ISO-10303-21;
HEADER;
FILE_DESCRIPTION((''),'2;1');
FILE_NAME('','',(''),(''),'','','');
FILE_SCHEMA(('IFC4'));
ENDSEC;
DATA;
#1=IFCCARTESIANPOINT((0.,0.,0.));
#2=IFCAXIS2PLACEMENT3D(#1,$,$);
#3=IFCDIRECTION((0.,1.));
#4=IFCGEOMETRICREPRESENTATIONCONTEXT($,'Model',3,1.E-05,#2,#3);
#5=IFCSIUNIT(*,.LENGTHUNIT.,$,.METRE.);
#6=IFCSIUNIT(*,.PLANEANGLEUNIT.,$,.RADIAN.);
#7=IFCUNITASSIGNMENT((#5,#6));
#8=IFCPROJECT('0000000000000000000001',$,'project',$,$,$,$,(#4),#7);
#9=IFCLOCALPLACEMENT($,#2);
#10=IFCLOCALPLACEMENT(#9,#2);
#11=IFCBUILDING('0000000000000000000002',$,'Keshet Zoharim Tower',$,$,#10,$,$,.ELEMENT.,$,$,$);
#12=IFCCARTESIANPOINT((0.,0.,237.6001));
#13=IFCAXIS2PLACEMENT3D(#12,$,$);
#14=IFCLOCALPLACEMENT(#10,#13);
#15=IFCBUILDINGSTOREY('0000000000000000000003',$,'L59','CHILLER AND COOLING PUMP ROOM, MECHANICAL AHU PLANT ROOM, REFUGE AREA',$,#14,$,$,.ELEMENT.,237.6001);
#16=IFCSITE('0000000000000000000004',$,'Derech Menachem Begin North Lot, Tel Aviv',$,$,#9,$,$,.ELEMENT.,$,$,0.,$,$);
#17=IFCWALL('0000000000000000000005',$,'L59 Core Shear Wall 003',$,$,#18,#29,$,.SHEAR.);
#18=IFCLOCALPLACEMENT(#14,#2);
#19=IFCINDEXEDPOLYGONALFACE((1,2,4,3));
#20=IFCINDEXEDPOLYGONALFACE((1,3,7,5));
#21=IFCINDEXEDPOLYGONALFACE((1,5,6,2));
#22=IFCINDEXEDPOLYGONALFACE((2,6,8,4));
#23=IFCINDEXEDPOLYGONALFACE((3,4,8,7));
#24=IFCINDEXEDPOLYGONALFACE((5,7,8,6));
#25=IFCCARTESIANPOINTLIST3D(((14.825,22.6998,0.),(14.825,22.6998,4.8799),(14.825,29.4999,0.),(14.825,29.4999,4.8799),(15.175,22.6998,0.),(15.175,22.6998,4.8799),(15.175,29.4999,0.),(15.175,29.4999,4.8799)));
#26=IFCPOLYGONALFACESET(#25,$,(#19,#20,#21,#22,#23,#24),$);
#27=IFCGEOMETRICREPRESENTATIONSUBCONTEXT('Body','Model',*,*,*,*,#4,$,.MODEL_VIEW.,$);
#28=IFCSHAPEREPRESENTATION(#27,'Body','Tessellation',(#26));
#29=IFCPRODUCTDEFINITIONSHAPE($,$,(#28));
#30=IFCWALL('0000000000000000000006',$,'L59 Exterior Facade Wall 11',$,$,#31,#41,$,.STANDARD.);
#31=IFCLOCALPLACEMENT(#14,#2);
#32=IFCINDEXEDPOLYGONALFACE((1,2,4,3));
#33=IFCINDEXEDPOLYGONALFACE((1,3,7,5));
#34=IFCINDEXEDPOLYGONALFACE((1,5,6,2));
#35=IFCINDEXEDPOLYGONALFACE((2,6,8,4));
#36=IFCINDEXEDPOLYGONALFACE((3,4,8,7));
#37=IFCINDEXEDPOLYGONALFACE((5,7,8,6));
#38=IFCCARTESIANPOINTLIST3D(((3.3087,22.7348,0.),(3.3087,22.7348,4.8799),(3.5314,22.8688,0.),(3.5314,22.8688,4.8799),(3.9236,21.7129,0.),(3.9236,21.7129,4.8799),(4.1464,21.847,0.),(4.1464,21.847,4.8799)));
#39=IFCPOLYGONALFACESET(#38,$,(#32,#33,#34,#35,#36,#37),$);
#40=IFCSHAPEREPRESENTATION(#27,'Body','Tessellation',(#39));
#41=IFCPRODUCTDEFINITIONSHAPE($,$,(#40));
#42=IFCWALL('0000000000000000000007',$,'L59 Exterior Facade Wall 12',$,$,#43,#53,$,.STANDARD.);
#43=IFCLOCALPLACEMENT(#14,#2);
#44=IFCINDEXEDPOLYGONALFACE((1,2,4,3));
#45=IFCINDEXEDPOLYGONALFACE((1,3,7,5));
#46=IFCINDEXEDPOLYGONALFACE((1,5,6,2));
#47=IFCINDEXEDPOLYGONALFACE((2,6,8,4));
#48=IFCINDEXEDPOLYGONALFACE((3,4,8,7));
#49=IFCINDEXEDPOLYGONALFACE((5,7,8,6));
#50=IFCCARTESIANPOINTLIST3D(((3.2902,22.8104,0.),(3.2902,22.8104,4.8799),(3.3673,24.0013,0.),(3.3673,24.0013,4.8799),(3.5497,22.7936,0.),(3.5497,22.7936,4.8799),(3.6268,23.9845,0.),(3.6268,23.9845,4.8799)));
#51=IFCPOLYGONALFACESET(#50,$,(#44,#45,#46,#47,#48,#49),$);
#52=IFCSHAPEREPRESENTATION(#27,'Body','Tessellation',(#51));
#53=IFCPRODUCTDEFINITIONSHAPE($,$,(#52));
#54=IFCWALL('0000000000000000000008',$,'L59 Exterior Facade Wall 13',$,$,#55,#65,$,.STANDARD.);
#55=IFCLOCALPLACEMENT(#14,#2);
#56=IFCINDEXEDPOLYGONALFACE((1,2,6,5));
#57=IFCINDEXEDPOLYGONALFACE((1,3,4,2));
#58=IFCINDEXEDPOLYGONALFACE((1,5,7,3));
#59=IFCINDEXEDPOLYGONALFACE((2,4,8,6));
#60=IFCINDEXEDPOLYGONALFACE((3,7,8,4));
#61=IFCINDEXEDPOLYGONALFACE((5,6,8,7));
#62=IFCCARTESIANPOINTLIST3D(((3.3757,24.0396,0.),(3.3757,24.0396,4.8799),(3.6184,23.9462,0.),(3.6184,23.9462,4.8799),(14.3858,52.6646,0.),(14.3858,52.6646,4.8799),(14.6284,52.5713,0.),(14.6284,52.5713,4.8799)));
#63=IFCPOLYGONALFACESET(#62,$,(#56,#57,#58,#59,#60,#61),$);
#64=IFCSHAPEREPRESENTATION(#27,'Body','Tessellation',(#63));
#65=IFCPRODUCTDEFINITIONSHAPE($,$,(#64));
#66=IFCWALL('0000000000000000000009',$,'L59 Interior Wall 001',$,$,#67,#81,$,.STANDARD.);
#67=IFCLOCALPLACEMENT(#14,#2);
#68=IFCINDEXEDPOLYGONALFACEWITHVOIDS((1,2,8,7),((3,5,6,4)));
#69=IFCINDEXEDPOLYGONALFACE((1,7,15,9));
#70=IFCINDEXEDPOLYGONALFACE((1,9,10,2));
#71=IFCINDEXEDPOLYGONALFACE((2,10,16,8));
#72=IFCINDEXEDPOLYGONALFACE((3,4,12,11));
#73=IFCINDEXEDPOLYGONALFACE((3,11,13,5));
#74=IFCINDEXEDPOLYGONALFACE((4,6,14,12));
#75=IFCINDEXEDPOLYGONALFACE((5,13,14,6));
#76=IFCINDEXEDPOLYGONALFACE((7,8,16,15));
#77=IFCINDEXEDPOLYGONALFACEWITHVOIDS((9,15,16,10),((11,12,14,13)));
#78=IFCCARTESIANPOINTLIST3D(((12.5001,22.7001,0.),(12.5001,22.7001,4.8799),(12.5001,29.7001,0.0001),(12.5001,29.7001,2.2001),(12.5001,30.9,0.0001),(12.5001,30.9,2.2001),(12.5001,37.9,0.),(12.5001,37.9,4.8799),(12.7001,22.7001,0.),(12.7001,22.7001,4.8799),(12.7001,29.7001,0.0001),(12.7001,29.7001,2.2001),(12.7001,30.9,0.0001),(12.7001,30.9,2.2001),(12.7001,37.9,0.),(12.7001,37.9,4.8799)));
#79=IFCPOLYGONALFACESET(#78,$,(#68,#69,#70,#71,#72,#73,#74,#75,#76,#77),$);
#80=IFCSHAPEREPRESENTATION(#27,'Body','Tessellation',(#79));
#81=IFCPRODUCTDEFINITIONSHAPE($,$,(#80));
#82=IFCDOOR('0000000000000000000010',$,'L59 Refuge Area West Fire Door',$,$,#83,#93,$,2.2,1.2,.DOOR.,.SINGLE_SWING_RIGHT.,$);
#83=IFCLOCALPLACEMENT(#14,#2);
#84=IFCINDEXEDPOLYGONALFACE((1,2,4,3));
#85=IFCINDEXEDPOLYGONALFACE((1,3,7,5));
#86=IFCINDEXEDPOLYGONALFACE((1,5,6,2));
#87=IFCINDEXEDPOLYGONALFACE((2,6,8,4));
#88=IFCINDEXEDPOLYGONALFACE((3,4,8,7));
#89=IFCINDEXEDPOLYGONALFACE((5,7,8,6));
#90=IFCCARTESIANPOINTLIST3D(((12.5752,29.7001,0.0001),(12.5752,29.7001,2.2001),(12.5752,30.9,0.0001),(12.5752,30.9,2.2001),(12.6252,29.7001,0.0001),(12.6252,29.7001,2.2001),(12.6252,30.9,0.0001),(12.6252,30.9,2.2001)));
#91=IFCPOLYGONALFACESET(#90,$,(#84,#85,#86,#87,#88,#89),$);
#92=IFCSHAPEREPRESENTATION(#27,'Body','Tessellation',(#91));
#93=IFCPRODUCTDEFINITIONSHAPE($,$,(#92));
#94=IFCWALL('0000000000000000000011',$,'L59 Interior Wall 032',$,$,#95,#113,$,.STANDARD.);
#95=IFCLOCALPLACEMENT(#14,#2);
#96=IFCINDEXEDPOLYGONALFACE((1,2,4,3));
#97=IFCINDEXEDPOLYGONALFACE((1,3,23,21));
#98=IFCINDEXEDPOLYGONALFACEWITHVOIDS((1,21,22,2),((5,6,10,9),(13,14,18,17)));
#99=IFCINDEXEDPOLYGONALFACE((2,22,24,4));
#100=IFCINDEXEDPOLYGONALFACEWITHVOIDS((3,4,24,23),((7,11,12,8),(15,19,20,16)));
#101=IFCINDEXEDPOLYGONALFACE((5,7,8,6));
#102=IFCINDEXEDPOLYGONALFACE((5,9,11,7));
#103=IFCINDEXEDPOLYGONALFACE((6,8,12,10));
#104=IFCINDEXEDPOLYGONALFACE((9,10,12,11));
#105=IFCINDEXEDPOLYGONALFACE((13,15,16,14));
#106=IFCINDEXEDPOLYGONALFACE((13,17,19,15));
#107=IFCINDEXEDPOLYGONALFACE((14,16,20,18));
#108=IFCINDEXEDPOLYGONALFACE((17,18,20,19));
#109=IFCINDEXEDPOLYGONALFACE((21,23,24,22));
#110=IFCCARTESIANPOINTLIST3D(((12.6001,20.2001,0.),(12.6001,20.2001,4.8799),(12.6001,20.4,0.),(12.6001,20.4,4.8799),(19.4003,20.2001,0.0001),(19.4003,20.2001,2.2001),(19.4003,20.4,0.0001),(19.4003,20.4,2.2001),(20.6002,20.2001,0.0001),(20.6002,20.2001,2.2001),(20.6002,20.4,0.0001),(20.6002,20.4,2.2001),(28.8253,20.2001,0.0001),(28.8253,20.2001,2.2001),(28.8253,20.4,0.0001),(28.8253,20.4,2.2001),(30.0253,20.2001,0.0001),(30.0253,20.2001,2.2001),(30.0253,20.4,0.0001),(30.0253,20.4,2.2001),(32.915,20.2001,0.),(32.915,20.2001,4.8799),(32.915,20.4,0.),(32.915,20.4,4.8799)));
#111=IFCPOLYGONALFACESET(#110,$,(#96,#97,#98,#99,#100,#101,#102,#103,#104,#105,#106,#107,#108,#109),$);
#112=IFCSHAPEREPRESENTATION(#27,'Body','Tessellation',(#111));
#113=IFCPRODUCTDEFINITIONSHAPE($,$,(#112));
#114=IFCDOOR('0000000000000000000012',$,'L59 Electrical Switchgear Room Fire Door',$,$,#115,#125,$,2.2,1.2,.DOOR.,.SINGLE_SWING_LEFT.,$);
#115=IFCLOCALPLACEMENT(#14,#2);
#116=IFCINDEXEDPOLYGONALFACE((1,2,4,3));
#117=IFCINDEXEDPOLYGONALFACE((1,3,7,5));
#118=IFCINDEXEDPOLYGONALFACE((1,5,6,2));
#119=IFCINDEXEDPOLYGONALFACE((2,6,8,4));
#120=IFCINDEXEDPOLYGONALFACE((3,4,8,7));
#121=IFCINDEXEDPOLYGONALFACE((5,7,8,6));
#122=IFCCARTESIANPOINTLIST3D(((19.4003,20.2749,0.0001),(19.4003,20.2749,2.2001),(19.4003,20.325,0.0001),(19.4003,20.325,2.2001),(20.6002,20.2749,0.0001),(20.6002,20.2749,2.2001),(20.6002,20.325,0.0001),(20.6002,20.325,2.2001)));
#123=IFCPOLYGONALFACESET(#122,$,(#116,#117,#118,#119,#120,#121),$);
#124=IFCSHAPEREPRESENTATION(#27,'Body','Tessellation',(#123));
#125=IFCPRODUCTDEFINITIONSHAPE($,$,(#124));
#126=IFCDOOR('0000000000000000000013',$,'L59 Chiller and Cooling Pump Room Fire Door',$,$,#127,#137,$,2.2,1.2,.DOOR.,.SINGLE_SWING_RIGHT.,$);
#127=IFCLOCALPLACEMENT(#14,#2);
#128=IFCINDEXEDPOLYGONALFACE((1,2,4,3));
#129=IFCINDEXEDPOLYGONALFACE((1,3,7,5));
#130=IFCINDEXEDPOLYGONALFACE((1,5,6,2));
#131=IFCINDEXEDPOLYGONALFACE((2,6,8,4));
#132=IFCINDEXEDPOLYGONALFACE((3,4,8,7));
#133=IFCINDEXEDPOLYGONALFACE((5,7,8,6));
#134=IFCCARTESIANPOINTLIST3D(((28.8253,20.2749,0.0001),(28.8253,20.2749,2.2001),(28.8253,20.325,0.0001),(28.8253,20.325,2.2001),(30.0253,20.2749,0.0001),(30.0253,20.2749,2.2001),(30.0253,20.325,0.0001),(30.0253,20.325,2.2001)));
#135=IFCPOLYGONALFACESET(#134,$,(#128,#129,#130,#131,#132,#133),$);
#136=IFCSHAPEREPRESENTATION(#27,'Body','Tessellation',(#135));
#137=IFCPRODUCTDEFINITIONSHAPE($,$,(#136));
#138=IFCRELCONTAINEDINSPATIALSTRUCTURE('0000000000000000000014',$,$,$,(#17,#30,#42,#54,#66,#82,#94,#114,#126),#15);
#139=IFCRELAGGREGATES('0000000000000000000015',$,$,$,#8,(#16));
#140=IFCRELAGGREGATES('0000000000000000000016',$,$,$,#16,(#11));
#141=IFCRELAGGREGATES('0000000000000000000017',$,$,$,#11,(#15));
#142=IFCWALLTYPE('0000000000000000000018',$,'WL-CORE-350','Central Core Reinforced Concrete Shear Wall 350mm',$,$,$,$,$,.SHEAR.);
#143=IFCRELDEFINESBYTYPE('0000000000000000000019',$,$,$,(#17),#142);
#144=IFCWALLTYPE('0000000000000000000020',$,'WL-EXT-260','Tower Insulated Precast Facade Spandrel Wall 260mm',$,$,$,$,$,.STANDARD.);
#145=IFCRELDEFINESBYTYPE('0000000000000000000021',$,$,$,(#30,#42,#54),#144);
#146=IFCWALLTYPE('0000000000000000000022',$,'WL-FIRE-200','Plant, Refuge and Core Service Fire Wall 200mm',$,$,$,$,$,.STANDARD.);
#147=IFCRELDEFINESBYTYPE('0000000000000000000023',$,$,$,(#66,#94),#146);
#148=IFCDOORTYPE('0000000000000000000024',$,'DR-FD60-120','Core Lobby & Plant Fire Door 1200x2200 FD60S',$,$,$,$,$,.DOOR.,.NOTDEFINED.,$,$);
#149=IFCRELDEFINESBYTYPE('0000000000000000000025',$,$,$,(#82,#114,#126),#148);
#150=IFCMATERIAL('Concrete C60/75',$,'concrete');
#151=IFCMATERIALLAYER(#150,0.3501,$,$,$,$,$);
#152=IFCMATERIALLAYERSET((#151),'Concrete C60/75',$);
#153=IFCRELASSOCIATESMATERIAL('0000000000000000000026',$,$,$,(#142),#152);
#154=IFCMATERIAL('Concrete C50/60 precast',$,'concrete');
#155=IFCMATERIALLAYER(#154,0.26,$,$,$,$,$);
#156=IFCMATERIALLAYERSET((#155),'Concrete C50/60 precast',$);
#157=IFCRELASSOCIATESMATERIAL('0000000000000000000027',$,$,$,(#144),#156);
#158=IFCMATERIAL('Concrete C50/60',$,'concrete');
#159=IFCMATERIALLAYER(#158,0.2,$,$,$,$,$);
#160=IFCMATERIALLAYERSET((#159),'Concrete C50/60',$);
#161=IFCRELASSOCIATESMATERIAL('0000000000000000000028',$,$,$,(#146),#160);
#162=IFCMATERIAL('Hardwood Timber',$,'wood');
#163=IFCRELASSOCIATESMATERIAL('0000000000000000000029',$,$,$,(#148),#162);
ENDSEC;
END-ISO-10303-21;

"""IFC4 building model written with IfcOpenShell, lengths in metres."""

from ifc_helpers import new_model, si_unit, direction, frame, frame_2d, origin, place, context, subcontext, project, spatial, rectangle, extrude, material, layer, layer_set, type_object, element, fill, save


model = new_model("IFC4")

# Units and contexts
model_context = context("Model", 3, precision=1e-05, world=origin(), true_north=direction((0.0, 1.0)))
body_context = subcontext(model_context, "Body", "Model", "MODEL_VIEW")
ifc_project = project(units=[si_unit("LENGTHUNIT", "METRE"), si_unit("PLANEANGLEUNIT", "RADIAN")], contexts=[model_context])

# Site, building, storey
site_placement = place(None, origin())
site = spatial("IfcSite", under=ifc_project, at=site_placement, Name="Derech Menachem Begin North Lot, Tel Aviv", CompositionType="ELEMENT", RefElevation=0.0)
building_placement = place(site_placement, origin())
building = spatial("IfcBuilding", under=site, at=building_placement, Name="Keshet Zoharim Tower", CompositionType="ELEMENT")
storey_placement = place(building_placement, frame((0.0, 0.0, 237.6001)))
storey = spatial("IfcBuildingStorey", under=building, at=storey_placement, Name="L59", Description="CHILLER AND COOLING PUMP ROOM, MECHANICAL AHU PLANT ROOM, REFUGE AREA", CompositionType="ELEMENT", Elevation=237.6001)

# Shared definitions
ifc_material_1 = material(Name="Concrete C50/60", Category="concrete")

# Shared definitions
ifc_material_2 = material(Name="Concrete C60/75", Category="concrete")

# Walls
ifc_layer_1 = layer(ifc_material_2, 0.3501)
ifc_layer_set_1 = layer_set([ifc_layer_1], Name="Concrete C60/75")
wall_type_1 = type_object("IfcWallType", Name="WL-CORE-350", Description="Central Core Reinforced Concrete Shear Wall 350mm", PredefinedType="SHEAR", material=ifc_layer_set_1)
wall_1_placement = place(storey_placement, frame((15.0, 22.7, 0.0), z_axis=(0.0, 0.0, 1.0), x_axis=(0.0, 1.0, 0.0)))
element("IfcWall", 1, at=wall_1_placement, inside=storey, type_object=wall_type_1, Name="L59 Core Shear Wall 003", PredefinedType="SHEAR", context=body_context, shape_type="SweptSolid", body=[
    extrude(rectangle(XDim=6.8, YDim=0.3501, at=frame_2d((3.3999, 0.0))), origin(), (0.0, 0.0, 1.0), 4.8799),
])
ifc_material_3 = material(Name="Concrete C50/60 precast", Category="concrete")
ifc_layer_2 = layer(ifc_material_3, 0.26)
ifc_layer_set_2 = layer_set([ifc_layer_2], Name="Concrete C50/60 precast")
wall_type_2 = type_object("IfcWallType", Name="WL-EXT-260", Description="Tower Insulated Precast Facade Spandrel Wall 260mm", PredefinedType="STANDARD", material=ifc_layer_set_2)
wall_2_placement = place(storey_placement, frame((4.0349, 21.78, 0.0), z_axis=(0.0, 0.0, 1.0), x_axis=(-0.515609, 0.856824, 0.0)))
element("IfcWall", 2, at=wall_2_placement, inside=storey, type_object=wall_type_2, Name="L59 Exterior Facade Wall 11", PredefinedType="STANDARD", context=body_context, shape_type="SweptSolid", body=[
    extrude(rectangle(XDim=1.1926, YDim=0.26, at=frame_2d((0.5962, 0.0))), origin(), (0.0, 0.0, 1.0), 4.8799),
])
wall_3_placement = place(storey_placement, frame((3.4199, 22.802, 0.0), z_axis=(0.0, 0.0, 1.0), x_axis=(0.064645, 0.997908, 0.0)))
element("IfcWall", 3, at=wall_3_placement, inside=storey, type_object=wall_type_2, Name="L59 Exterior Facade Wall 12", PredefinedType="STANDARD", context=body_context, shape_type="SweptSolid", body=[
    extrude(rectangle(XDim=1.1934, YDim=0.26, at=frame_2d((0.5967, 0.0))), origin(), (0.0, 0.0, 1.0), 4.8799),
])
wall_4_placement = place(storey_placement, frame((3.4971, 23.9929, 0.0), z_axis=(0.0, 0.0, 1.0), x_axis=(0.35899, 0.933341, 0.0)))
element("IfcWall", 4, at=wall_4_placement, inside=storey, type_object=wall_type_2, Name="L59 Exterior Facade Wall 13", PredefinedType="STANDARD", context=body_context, shape_type="SweptSolid", body=[
    extrude(rectangle(XDim=30.6694, YDim=0.26, at=frame_2d((15.3347, 0.0))), origin(), (0.0, 0.0, 1.0), 4.8799),
])

# Wall, opening, door
ifc_layer_3 = layer(ifc_material_1, 0.2)
ifc_layer_set_3 = layer_set([ifc_layer_3], Name="Concrete C50/60")
wall_type_3 = type_object("IfcWallType", Name="WL-FIRE-200", Description="Plant, Refuge and Core Service Fire Wall 200mm", PredefinedType="STANDARD", material=ifc_layer_set_3)
wall_5_placement = place(storey_placement, frame((12.6001, 22.7, 0.0), z_axis=(0.0, 0.0, 1.0), x_axis=(0.0, 1.0, 0.0)))
wall_5 = element("IfcWall", 5, at=wall_5_placement, inside=storey, type_object=wall_type_3, Name="L59 Interior Wall 001", PredefinedType="STANDARD", context=body_context, shape_type="SweptSolid", body=[
    extrude(rectangle(XDim=15.2, YDim=0.2, at=frame_2d((7.6001, 0.0))), origin(), (0.0, 0.0, 1.0), 4.8799),
])
opening_1_placement = place(wall_5_placement, frame((7.0, 0.0, 0.0)))
opening_1 = element("IfcOpeningElement", 6, at=opening_1_placement, cuts=wall_5, PredefinedType="OPENING", context=body_context, shape_type="SweptSolid", body=[
    extrude(rectangle(XDim=1.2, YDim=2.2, at=frame_2d((0.6001, 1.1001))), frame((0.0, 0.1099, 0.0), z_axis=(0.0, -1.0, 0.0), x_axis=(1.0, 0.0, 0.0)), (0.0, 0.0, 1.0), 0.22),
])
ifc_material_4 = material(Name="Hardwood Timber", Category="wood")
door_type = type_object("IfcDoorType", Name="DR-FD60-120", Description="Core Lobby & Plant Fire Door 1200x2200 FD60S", OperationType="NOTDEFINED", PredefinedType="DOOR", material=ifc_material_4)
door_1_placement = place(opening_1_placement, origin())
door_1 = element("IfcDoor", 7, at=door_1_placement, inside=storey, type_object=door_type, Name="L59 Refuge Area West Fire Door", OperationType="SINGLE_SWING_RIGHT", OverallHeight=2.2, OverallWidth=1.2, PredefinedType="DOOR", context=body_context, shape_type="SweptSolid", body=[
    extrude(rectangle(XDim=1.2, YDim=2.2, at=frame_2d((0.6001, 1.1001))), frame((0.0, 0.0249, 0.0), z_axis=(0.0, -1.0, 0.0), x_axis=(1.0, 0.0, 0.0)), (0.0, 0.0, 1.0), 0.05),
])
fill(opening_1, door_1)

# Wall, openings, doors
wall_6_placement = place(storey_placement, frame((12.6001, 20.3, 0.0), z_axis=(0.0, 0.0, 1.0), x_axis=(1.0, 0.0, 0.0)))
wall_6 = element("IfcWall", 8, at=wall_6_placement, inside=storey, type_object=wall_type_3, Name="L59 Interior Wall 032", PredefinedType="STANDARD", context=body_context, shape_type="SweptSolid", body=[
    extrude(rectangle(XDim=20.3149, YDim=0.2, at=frame_2d((10.1575, 0.0))), origin(), (0.0, 0.0, 1.0), 4.8799),
])
opening_2_placement = place(wall_6_placement, frame((6.8, 0.0, 0.0)))
opening_2 = element("IfcOpeningElement", 9, at=opening_2_placement, cuts=wall_6, PredefinedType="OPENING", context=body_context, shape_type="SweptSolid", body=[
    extrude(rectangle(XDim=1.2, YDim=2.2, at=frame_2d((0.6001, 1.1001))), frame((0.0, 0.1099, 0.0), z_axis=(0.0, -1.0, 0.0), x_axis=(1.0, 0.0, 0.0)), (0.0, 0.0, 1.0), 0.22),
])
opening_3_placement = place(wall_6_placement, frame((16.2251, 0.0, 0.0)))
opening_3 = element("IfcOpeningElement", 10, at=opening_3_placement, cuts=wall_6, PredefinedType="OPENING", context=body_context, shape_type="SweptSolid", body=[
    extrude(rectangle(XDim=1.2, YDim=2.2, at=frame_2d((0.6001, 1.1001))), frame((0.0, 0.1099, 0.0), z_axis=(0.0, -1.0, 0.0), x_axis=(1.0, 0.0, 0.0)), (0.0, 0.0, 1.0), 0.22),
])
door_2_placement = place(opening_2_placement, origin())
door_2 = element("IfcDoor", 11, at=door_2_placement, inside=storey, type_object=door_type, Name="L59 Electrical Switchgear Room Fire Door", OperationType="SINGLE_SWING_LEFT", OverallHeight=2.2, OverallWidth=1.2, PredefinedType="DOOR", context=body_context, shape_type="SweptSolid", body=[
    extrude(rectangle(XDim=1.2, YDim=2.2, at=frame_2d((0.6001, 1.1001))), frame((0.0, 0.0249, 0.0), z_axis=(0.0, -1.0, 0.0), x_axis=(1.0, 0.0, 0.0)), (0.0, 0.0, 1.0), 0.05),
])
fill(opening_2, door_2)
door_3_placement = place(opening_3_placement, origin())
door_3 = element("IfcDoor", 12, at=door_3_placement, inside=storey, type_object=door_type, Name="L59 Chiller and Cooling Pump Room Fire Door", OperationType="SINGLE_SWING_RIGHT", OverallHeight=2.2, OverallWidth=1.2, PredefinedType="DOOR", context=body_context, shape_type="SweptSolid", body=[
    extrude(rectangle(XDim=1.2, YDim=2.2, at=frame_2d((0.6001, 1.1001))), frame((0.0, 0.0249, 0.0), z_axis=(0.0, -1.0, 0.0), x_axis=(1.0, 0.0, 0.0)), (0.0, 0.0, 1.0), 0.05),
])
fill(opening_3, door_3)

save(model, "model.ifc")
